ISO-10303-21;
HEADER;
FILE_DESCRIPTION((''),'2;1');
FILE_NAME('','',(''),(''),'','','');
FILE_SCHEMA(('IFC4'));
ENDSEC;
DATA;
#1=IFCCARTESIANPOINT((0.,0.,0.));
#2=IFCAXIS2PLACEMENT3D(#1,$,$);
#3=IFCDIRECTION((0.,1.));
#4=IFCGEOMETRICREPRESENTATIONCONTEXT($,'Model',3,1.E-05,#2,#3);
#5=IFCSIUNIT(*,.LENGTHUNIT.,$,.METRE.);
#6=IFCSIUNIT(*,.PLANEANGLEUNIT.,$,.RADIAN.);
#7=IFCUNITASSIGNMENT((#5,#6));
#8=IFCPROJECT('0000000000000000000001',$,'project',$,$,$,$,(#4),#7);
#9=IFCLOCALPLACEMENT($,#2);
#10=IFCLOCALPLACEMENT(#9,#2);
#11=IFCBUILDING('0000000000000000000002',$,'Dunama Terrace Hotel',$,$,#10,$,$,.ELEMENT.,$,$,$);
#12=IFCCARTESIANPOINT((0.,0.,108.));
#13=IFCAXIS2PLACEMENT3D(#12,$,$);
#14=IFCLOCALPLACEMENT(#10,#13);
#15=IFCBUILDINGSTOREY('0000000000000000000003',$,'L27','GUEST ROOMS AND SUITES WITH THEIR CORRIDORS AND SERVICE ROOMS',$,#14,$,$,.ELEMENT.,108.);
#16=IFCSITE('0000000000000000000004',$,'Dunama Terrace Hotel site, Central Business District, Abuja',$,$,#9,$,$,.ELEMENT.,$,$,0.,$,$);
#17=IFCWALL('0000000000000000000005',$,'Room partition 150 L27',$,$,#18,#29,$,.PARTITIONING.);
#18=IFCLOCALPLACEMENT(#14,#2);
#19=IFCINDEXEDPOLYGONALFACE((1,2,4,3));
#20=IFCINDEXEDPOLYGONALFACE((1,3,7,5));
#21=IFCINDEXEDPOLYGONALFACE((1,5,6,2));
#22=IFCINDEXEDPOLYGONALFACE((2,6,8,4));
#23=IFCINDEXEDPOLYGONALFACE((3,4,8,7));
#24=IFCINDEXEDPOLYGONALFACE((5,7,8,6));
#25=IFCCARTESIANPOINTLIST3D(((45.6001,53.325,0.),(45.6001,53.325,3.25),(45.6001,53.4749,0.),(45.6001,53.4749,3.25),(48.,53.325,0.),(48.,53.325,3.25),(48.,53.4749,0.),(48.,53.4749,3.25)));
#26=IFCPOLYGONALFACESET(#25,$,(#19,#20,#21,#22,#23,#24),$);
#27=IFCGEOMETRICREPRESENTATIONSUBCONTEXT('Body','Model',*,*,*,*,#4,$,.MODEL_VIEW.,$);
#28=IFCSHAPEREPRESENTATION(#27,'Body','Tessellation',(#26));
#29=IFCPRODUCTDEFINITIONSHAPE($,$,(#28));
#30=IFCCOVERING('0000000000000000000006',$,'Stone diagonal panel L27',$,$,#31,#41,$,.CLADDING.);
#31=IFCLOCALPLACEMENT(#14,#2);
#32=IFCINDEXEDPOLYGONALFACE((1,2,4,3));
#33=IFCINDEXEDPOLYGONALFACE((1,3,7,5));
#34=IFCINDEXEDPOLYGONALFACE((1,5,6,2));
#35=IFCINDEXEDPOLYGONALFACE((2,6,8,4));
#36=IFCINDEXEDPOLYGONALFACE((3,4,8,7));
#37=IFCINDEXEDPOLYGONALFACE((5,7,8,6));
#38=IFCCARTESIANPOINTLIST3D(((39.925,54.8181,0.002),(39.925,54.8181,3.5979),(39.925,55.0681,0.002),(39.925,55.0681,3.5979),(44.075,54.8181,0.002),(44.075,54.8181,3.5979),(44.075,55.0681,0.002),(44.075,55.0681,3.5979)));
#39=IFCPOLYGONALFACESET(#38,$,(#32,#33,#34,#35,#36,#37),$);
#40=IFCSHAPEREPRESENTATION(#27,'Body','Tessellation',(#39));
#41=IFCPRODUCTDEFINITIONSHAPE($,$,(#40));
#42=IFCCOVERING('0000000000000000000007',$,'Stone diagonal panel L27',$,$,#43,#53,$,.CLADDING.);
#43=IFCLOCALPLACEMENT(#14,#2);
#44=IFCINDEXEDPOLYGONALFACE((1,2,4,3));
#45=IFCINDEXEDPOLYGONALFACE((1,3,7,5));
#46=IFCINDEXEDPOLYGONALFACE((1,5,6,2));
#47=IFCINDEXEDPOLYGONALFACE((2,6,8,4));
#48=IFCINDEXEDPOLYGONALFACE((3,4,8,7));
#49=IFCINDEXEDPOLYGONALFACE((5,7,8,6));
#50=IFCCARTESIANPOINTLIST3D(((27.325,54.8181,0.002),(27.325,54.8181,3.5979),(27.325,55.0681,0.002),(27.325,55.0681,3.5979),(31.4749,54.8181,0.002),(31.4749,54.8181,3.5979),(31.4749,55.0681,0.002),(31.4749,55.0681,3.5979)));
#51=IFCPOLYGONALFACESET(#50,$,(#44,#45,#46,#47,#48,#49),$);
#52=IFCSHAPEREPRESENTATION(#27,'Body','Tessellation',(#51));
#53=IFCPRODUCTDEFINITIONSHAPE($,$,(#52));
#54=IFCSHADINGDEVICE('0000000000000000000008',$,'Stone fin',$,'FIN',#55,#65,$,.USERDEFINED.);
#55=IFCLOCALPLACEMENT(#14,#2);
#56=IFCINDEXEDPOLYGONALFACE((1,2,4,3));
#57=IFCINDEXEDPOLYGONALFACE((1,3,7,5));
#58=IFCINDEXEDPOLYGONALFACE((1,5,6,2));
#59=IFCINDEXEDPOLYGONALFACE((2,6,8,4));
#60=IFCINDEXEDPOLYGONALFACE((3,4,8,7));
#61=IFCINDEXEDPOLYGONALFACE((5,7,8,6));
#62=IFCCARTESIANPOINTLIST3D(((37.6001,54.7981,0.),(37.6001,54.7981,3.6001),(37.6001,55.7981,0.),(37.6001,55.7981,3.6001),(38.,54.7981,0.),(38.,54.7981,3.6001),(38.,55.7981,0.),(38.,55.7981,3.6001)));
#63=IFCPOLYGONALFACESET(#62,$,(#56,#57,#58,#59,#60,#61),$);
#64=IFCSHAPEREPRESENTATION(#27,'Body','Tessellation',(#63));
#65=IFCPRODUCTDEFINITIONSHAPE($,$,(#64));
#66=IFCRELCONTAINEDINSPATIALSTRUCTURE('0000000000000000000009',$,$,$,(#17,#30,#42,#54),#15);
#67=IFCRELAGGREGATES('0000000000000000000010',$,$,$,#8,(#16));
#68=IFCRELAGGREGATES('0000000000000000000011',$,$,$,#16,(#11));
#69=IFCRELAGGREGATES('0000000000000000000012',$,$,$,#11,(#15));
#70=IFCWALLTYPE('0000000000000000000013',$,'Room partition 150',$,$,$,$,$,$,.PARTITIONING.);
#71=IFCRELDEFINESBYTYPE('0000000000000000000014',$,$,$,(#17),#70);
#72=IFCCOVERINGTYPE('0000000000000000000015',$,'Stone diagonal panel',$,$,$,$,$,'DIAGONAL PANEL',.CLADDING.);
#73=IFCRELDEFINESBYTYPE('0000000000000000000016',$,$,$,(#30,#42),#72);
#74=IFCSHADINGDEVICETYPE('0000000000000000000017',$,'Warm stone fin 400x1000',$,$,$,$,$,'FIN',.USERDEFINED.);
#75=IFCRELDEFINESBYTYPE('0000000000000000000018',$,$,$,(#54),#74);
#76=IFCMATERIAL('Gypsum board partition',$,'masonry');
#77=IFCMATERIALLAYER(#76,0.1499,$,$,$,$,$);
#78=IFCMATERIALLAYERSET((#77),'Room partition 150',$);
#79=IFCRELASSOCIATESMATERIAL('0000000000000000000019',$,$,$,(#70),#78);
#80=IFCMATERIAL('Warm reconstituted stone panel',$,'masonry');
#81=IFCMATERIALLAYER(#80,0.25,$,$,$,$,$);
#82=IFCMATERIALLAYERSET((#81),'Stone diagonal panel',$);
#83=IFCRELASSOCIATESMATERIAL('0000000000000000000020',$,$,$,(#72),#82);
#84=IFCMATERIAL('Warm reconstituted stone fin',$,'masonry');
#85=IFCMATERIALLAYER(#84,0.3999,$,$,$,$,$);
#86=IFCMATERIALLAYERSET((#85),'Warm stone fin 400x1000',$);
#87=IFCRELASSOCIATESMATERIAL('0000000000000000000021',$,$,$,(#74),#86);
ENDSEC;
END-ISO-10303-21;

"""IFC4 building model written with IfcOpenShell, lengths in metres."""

from ifc_helpers import new_model, si_unit, direction, frame, frame_2d, origin, origin_2d, place, context, subcontext, project, spatial, rectangle, extrude, material, layer, layer_set, type_object, element, save


model = new_model("IFC4")

# Units and contexts
model_context = context("Model", 3, precision=1e-05, world=origin(), true_north=direction((0.0, 1.0)))
body_context = subcontext(model_context, "Body", "Model", "MODEL_VIEW")
ifc_project = project(units=[si_unit("LENGTHUNIT", "METRE"), si_unit("PLANEANGLEUNIT", "RADIAN")], contexts=[model_context])

# Site, building, storey
site_placement = place(None, origin())
site = spatial("IfcSite", under=ifc_project, at=site_placement, Name="Dunama Terrace Hotel site, Central Business District, Abuja", CompositionType="ELEMENT", RefElevation=0.0)
building_placement = place(site_placement, origin())
building = spatial("IfcBuilding", under=site, at=building_placement, Name="Dunama Terrace Hotel", CompositionType="ELEMENT")
storey_placement = place(building_placement, frame((0.0, 0.0, 108.0)))
storey = spatial("IfcBuildingStorey", under=building, at=storey_placement, Name="L27", Description="GUEST ROOMS AND SUITES WITH THEIR CORRIDORS AND SERVICE ROOMS", CompositionType="ELEMENT", Elevation=108.0)

# Shared definitions
ifc_material_1 = material(Name="Gypsum board partition", Category="masonry")
ifc_layer_1 = layer(ifc_material_1, 0.1499)
ifc_layer_set_1 = layer_set([ifc_layer_1], Name="Room partition 150")
wall_type_1 = type_object("IfcWallType", Name="Room partition 150", PredefinedType="PARTITIONING", material=ifc_layer_set_1)

# Wall
wall_1_placement = place(storey_placement, frame((45.6001, 53.3999, 0.0), z_axis=(0.0, 0.0, 1.0), x_axis=(1.0, 0.0, 0.0)))
element("IfcWall", 1, at=wall_1_placement, inside=storey, type_object=wall_type_1, Name="Room partition 150 L27", PredefinedType="PARTITIONING", context=body_context, shape_type="SweptSolid", body=[
    extrude(rectangle(XDim=2.3999, YDim=0.1499, at=frame_2d((1.2, 0.0))), origin(), (0.0, 0.0, 1.0), 3.25),
])

# Coverings
ifc_material_2 = material(Name="Warm reconstituted stone panel", Category="masonry")
ifc_layer_2 = layer(ifc_material_2, 0.25)
ifc_layer_set_2 = layer_set([ifc_layer_2], Name="Stone diagonal panel")
covering_type = type_object("IfcCoveringType", Name="Stone diagonal panel", ElementType="DIAGONAL PANEL", PredefinedType="CLADDING", material=ifc_layer_set_2)
for number, where, z_axis, x_axis, name in (
    (2, (42.0, 54.9431, 0.002), (0.0, 0.0, 1.0), (-1.0, 0.0, 0.0), "Stone diagonal panel L27"),
    (3, (29.3999, 54.9431, 0.002), (0.0, 0.0, 1.0), (-1.0, 0.0, 0.0), "Stone diagonal panel L27"),
):
    element("IfcCovering", number, at=place(storey_placement, frame(where, z_axis=z_axis, x_axis=x_axis)), inside=storey, type_object=covering_type, Name=name, PredefinedType="CLADDING", context=body_context, shape_type="SweptSolid", body=[
        extrude(rectangle(XDim=4.1499, YDim=0.25, at=origin_2d()), origin(), (0.0, 0.0, 1.0), 3.5959),
    ])

# Shading device
ifc_material_3 = material(Name="Warm reconstituted stone fin", Category="masonry")
ifc_layer_3 = layer(ifc_material_3, 0.3999)
ifc_layer_set_3 = layer_set([ifc_layer_3], Name="Warm stone fin 400x1000")
shading_device_type = type_object("IfcShadingDeviceType", Name="Warm stone fin 400x1000", ElementType="FIN", PredefinedType="USERDEFINED", material=ifc_layer_set_3)
shading_device_placement = place(storey_placement, frame((37.8, 55.2981, 0.0), z_axis=(0.0, 0.0, 1.0), x_axis=(-1.0, 0.0, 0.0)))
element("IfcShadingDevice", 4, at=shading_device_placement, inside=storey, type_object=shading_device_type, Name="Stone fin", ObjectType="FIN", PredefinedType="USERDEFINED", context=body_context, shape_type="SweptSolid", body=[
    extrude(rectangle(XDim=0.3999, YDim=1.0, at=origin_2d()), origin(), (0.0, 0.0, 1.0), 3.6001),
])

save(model, "model.ifc")
